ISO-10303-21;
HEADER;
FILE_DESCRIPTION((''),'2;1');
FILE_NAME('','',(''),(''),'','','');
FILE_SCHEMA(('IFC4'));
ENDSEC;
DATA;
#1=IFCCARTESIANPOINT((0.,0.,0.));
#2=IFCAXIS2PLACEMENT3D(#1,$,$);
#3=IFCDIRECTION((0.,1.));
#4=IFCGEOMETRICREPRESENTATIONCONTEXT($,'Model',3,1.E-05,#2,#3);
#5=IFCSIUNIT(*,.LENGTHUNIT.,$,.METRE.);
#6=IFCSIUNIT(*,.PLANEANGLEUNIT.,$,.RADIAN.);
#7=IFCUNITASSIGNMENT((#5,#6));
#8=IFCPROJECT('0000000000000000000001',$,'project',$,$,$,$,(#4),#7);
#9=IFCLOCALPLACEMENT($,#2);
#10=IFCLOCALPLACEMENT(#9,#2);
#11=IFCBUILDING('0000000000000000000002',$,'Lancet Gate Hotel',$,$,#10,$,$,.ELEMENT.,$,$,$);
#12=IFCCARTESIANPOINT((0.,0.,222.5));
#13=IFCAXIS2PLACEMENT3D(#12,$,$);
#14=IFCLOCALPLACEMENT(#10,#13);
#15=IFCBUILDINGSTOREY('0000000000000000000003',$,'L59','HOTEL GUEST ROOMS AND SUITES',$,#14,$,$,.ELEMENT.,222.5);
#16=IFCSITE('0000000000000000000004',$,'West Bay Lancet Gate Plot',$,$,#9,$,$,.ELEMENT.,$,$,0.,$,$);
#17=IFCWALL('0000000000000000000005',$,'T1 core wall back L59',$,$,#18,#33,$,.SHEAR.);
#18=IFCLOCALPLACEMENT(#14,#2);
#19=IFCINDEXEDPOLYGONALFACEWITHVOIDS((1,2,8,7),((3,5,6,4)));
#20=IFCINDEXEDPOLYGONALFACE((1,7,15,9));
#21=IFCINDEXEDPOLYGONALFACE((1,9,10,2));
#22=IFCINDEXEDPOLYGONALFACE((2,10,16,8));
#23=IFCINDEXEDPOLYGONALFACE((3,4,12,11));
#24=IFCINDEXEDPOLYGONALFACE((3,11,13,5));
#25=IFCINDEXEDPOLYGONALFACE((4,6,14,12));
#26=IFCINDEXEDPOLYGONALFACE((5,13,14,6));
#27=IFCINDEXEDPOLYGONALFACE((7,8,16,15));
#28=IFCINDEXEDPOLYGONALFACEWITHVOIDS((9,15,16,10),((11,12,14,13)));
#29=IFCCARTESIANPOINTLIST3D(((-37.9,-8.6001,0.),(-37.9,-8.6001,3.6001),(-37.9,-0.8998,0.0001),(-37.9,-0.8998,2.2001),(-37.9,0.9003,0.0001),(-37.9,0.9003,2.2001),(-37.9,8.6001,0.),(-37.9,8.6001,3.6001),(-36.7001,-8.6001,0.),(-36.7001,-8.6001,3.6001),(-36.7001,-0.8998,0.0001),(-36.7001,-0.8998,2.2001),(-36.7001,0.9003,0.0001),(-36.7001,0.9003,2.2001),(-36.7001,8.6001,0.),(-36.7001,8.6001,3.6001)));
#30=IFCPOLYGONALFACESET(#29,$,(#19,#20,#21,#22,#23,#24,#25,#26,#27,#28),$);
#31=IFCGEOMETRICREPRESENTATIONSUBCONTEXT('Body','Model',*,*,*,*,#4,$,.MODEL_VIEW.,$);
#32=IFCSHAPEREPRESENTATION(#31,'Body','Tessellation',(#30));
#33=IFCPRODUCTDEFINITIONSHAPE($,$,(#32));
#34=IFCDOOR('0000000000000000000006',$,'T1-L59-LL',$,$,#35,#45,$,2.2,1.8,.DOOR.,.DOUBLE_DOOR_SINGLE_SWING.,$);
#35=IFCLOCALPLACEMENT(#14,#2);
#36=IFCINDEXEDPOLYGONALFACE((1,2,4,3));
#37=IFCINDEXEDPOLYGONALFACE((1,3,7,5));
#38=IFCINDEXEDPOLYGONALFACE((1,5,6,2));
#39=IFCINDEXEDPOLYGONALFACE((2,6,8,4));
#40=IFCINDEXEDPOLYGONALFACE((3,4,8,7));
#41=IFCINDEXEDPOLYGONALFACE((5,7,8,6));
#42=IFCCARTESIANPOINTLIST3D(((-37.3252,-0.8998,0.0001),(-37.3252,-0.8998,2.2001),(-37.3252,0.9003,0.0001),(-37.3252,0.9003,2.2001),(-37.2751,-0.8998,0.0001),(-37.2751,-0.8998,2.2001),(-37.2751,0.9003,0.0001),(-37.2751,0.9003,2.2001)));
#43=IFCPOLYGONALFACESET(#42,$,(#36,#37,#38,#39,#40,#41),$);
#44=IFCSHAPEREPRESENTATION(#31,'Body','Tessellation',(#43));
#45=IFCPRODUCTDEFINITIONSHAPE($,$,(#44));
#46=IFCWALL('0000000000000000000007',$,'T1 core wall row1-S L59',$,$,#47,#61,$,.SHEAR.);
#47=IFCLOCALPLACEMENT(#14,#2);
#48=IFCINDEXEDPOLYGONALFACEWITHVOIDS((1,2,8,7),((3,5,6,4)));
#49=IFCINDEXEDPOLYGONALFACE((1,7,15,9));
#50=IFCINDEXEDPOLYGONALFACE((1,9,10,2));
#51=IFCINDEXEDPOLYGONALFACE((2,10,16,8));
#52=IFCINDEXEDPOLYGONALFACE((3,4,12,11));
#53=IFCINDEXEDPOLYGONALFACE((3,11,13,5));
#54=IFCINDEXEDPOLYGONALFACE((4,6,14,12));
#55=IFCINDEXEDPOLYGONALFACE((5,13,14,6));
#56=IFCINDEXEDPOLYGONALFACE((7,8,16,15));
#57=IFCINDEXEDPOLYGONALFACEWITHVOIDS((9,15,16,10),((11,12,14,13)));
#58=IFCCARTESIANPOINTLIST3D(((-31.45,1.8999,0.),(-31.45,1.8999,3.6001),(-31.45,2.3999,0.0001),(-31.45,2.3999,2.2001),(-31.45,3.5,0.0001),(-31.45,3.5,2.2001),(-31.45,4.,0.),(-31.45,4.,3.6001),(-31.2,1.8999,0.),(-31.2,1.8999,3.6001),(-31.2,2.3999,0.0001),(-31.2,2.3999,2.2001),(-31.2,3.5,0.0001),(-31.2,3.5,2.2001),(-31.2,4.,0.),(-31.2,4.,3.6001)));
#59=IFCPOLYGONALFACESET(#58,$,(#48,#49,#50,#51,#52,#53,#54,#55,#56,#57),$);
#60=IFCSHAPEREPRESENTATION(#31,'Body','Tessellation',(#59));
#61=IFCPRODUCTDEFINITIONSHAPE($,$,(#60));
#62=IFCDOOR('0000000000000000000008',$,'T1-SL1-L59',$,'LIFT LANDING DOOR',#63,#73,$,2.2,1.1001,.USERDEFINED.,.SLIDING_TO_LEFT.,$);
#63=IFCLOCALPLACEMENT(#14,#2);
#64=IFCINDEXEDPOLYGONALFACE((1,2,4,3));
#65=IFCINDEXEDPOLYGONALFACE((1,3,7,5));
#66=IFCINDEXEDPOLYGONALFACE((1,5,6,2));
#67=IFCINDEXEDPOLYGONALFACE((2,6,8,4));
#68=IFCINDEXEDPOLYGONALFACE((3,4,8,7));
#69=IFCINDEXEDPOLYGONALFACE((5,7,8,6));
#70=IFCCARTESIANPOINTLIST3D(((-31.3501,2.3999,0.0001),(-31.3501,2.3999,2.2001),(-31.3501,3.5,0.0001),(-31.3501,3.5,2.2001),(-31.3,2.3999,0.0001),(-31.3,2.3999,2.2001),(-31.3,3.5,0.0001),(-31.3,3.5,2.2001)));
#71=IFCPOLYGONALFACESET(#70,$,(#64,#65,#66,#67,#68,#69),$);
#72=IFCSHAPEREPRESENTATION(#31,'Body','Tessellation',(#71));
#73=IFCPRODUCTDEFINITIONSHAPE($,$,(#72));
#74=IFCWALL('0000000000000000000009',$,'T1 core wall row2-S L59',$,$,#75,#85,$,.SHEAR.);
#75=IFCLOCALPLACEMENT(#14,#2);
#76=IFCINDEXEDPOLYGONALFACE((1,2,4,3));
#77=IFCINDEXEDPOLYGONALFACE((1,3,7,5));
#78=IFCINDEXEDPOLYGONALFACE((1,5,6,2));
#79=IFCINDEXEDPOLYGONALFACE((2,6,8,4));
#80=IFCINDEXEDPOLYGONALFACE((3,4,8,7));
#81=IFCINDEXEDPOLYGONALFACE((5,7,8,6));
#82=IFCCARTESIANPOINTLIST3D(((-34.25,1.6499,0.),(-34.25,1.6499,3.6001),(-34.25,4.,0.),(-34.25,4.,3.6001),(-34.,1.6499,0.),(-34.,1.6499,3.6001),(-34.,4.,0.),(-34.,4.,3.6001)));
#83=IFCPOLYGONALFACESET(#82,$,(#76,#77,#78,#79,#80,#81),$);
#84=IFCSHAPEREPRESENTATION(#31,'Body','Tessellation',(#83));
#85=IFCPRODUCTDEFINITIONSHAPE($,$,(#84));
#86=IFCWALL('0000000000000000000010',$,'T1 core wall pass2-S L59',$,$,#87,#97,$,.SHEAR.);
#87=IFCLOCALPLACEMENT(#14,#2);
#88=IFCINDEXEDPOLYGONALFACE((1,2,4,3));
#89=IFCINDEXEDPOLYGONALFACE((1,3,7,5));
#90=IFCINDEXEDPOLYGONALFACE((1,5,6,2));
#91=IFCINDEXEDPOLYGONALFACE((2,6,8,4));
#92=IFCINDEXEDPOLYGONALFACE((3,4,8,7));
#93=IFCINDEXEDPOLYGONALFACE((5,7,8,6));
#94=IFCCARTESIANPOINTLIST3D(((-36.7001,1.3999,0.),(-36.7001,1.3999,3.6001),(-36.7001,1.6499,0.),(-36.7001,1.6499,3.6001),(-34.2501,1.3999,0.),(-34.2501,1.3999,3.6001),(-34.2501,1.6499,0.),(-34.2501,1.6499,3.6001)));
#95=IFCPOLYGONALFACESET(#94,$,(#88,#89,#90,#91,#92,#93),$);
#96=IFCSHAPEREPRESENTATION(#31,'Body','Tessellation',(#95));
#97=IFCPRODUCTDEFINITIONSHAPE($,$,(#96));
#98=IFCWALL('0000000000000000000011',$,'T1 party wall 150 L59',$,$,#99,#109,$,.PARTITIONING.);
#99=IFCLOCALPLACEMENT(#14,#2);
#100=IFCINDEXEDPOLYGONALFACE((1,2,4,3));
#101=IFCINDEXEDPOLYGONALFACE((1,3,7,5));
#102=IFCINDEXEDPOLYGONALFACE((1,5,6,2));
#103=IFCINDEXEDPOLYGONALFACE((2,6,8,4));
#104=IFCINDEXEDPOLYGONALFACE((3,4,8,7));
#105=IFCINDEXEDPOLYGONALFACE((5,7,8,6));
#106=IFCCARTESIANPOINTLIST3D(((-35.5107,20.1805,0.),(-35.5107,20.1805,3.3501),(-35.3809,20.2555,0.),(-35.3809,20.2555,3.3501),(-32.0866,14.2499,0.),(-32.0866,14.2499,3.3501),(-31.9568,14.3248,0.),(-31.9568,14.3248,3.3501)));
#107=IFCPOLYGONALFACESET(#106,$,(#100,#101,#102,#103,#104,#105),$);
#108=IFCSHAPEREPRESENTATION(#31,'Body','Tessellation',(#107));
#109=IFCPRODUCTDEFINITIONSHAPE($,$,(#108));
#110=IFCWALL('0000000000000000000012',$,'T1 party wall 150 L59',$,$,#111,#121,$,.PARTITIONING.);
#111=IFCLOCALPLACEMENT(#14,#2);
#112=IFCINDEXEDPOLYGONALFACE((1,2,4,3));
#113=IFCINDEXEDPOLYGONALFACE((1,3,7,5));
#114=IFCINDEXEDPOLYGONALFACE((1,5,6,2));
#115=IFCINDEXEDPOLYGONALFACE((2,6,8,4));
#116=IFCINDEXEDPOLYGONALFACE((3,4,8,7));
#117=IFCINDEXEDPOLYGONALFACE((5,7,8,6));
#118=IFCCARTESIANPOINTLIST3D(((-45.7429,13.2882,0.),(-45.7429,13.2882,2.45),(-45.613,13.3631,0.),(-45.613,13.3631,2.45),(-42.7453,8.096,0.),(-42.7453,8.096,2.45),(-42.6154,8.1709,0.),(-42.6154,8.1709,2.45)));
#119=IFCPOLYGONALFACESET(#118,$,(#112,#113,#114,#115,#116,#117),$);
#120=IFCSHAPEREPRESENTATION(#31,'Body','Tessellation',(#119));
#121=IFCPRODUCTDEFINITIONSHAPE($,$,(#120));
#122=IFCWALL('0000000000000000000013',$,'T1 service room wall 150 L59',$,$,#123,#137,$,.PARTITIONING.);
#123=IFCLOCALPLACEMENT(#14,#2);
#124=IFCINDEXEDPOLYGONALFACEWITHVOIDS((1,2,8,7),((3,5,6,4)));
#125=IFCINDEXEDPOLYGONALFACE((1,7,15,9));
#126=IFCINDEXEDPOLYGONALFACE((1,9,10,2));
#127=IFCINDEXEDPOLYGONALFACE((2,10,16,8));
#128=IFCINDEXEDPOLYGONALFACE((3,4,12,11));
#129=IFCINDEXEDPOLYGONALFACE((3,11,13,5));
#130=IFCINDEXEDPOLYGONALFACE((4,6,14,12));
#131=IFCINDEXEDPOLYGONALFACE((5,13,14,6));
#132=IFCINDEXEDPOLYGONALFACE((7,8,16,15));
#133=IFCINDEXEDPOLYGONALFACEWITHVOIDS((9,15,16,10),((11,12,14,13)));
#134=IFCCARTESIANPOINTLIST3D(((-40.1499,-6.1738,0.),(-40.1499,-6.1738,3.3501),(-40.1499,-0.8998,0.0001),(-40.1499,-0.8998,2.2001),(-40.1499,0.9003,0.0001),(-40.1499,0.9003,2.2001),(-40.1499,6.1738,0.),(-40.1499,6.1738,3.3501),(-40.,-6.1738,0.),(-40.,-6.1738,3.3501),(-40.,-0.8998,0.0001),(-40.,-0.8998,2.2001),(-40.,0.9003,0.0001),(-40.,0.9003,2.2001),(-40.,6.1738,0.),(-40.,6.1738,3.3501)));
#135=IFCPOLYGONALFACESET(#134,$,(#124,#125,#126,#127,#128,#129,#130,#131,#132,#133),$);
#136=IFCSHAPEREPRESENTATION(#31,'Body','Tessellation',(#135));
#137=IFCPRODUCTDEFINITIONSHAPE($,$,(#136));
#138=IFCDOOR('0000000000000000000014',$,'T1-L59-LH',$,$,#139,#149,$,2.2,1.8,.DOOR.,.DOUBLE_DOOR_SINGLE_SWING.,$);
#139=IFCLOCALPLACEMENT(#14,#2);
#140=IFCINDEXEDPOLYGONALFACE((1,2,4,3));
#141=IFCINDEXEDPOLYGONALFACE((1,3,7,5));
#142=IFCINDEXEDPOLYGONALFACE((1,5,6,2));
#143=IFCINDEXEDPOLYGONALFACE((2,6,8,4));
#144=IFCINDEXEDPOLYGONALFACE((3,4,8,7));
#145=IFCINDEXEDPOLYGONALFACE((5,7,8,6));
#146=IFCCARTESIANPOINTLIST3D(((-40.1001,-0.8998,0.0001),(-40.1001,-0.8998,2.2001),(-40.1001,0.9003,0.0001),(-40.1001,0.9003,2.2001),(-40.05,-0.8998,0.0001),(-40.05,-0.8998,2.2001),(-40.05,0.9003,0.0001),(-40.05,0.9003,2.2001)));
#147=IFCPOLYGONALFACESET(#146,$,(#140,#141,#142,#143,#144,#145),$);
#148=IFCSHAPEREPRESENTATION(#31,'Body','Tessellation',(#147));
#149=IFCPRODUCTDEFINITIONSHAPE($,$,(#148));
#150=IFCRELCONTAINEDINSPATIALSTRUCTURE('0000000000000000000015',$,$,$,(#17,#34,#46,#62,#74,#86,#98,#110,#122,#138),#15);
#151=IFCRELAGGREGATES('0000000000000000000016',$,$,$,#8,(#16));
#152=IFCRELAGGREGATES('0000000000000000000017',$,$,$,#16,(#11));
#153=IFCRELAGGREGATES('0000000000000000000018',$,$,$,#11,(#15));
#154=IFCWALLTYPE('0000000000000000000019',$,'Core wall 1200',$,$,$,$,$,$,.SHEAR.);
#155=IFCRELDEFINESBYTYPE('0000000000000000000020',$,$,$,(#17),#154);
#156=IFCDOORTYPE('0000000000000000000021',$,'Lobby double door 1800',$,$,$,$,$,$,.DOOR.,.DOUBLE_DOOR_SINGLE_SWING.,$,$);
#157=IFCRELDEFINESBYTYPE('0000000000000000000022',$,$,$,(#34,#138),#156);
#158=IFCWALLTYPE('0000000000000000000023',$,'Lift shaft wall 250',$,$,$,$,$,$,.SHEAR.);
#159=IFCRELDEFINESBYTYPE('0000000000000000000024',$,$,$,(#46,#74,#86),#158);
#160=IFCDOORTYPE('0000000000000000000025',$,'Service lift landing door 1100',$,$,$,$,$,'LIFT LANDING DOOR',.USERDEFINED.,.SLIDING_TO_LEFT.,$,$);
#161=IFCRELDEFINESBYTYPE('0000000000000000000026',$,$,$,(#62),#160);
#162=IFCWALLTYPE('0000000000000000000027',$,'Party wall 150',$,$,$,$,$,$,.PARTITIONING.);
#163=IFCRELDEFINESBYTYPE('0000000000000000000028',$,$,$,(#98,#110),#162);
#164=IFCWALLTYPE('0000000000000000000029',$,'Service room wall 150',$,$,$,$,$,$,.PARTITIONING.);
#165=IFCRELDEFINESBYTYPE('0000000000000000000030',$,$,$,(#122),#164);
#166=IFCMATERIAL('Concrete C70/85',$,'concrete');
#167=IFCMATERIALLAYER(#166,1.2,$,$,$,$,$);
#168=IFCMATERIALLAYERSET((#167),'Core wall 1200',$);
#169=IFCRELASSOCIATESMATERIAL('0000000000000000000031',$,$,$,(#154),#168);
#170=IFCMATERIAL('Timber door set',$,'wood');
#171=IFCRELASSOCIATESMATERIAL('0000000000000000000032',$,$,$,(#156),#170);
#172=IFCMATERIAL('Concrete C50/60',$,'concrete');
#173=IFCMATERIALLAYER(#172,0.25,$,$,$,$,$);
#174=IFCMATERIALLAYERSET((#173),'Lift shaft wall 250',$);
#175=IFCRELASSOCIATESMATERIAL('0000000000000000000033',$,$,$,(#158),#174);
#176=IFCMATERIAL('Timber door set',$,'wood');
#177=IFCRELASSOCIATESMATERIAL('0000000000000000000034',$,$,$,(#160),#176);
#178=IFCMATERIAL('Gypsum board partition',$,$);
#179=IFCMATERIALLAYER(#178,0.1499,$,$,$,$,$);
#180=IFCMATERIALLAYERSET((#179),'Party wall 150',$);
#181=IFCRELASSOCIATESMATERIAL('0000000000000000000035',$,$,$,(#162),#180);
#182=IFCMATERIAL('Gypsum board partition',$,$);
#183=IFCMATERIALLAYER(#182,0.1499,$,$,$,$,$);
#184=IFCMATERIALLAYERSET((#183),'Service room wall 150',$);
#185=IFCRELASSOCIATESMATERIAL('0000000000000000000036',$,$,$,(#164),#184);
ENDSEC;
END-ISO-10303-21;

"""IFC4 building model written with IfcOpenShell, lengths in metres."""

from ifc_helpers import new_model, si_unit, direction, frame, frame_2d, origin, place, context, subcontext, project, spatial, rectangle, extrude, material, layer, layer_set, type_object, element, fill, save


model = new_model("IFC4")

# Units and contexts
model_context = context("Model", 3, precision=1e-05, world=origin(), true_north=direction((0.0, 1.0)))
body_context = subcontext(model_context, "Body", "Model", "MODEL_VIEW")
ifc_project = project(units=[si_unit("LENGTHUNIT", "METRE"), si_unit("PLANEANGLEUNIT", "RADIAN")], contexts=[model_context])

# Site, building, storey
site_placement = place(None, origin())
site = spatial("IfcSite", under=ifc_project, at=site_placement, Name="West Bay Lancet Gate Plot", CompositionType="ELEMENT", RefElevation=0.0)
building_placement = place(site_placement, origin())
building = spatial("IfcBuilding", under=site, at=building_placement, Name="Lancet Gate Hotel", CompositionType="ELEMENT")
storey_placement = place(building_placement, frame((0.0, 0.0, 222.5)))
storey = spatial("IfcBuildingStorey", under=building, at=storey_placement, Name="L59", Description="HOTEL GUEST ROOMS AND SUITES", CompositionType="ELEMENT", Elevation=222.5)

# Walls, openings, doors
ifc_material_1 = material(Name="Concrete C70/85", Category="concrete")
ifc_layer_1 = layer(ifc_material_1, 1.2)
ifc_layer_set_1 = layer_set([ifc_layer_1], Name="Core wall 1200")
wall_type_1 = type_object("IfcWallType", Name="Core wall 1200", PredefinedType="SHEAR", material=ifc_layer_set_1)
wall_1_placement = place(storey_placement, frame((-37.3, 8.6001, 0.0), z_axis=(0.0, 0.0, 1.0), x_axis=(0.0, -1.0, 0.0)))
wall_1 = element("IfcWall", 1, at=wall_1_placement, inside=storey, type_object=wall_type_1, Name="T1 core wall back L59", PredefinedType="SHEAR", context=body_context, shape_type="SweptSolid", body=[
    extrude(rectangle(XDim=17.2002, YDim=1.2, at=frame_2d((8.6001, 0.0))), origin(), (0.0, 0.0, 1.0), 3.6001),
])
opening_1_placement = place(wall_1_placement, frame((7.7, 0.0, 0.0)))
opening_1 = element("IfcOpeningElement", 2, at=opening_1_placement, cuts=wall_1, PredefinedType="OPENING", context=body_context, shape_type="SweptSolid", body=[
    extrude(rectangle(XDim=1.8, YDim=2.2, at=frame_2d((0.8999, 1.1001))), frame((0.0, 0.6099, 0.0), z_axis=(0.0, -1.0, 0.0), x_axis=(1.0, 0.0, 0.0)), (0.0, 0.0, 1.0), 1.22),
])
ifc_material_2 = material(Name="Timber door set", Category="wood")
door_type_1 = type_object("IfcDoorType", Name="Lobby double door 1800", OperationType="DOUBLE_DOOR_SINGLE_SWING", PredefinedType="DOOR", material=ifc_material_2)
door_1_placement = place(opening_1_placement, origin())
door_1 = element("IfcDoor", 3, at=door_1_placement, inside=storey, type_object=door_type_1, Name="T1-L59-LL", OperationType="DOUBLE_DOOR_SINGLE_SWING", OverallHeight=2.2, OverallWidth=1.8, PredefinedType="DOOR", context=body_context, shape_type="SweptSolid", body=[
    extrude(rectangle(XDim=1.8, YDim=2.2, at=frame_2d((0.8999, 1.1001))), frame((0.0, 0.0249, 0.0), z_axis=(0.0, -1.0, 0.0), x_axis=(1.0, 0.0, 0.0)), (0.0, 0.0, 1.0), 0.05),
])
fill(opening_1, door_1)
ifc_material_3 = material(Name="Concrete C50/60", Category="concrete")
ifc_layer_2 = layer(ifc_material_3, 0.25)
ifc_layer_set_2 = layer_set([ifc_layer_2], Name="Lift shaft wall 250")
wall_type_2 = type_object("IfcWallType", Name="Lift shaft wall 250", PredefinedType="SHEAR", material=ifc_layer_set_2)
wall_2_placement = place(storey_placement, frame((-31.325, 4.0, 0.0), z_axis=(0.0, 0.0, 1.0), x_axis=(0.0, -1.0, 0.0)))
wall_2 = element("IfcWall", 4, at=wall_2_placement, inside=storey, type_object=wall_type_2, Name="T1 core wall row1-S L59", PredefinedType="SHEAR", context=body_context, shape_type="SweptSolid", body=[
    extrude(rectangle(XDim=2.1001, YDim=0.25, at=frame_2d((1.05, 0.0))), origin(), (0.0, 0.0, 1.0), 3.6001),
])
opening_2_placement = place(wall_2_placement, frame((0.5, 0.0, 0.0)))
opening_2 = element("IfcOpeningElement", 5, at=opening_2_placement, cuts=wall_2, PredefinedType="OPENING", context=body_context, shape_type="SweptSolid", body=[
    extrude(rectangle(XDim=1.1001, YDim=2.2, at=frame_2d((0.55, 1.1001))), frame((0.0, 0.135, 0.0), z_axis=(0.0, -1.0, 0.0), x_axis=(1.0, 0.0, 0.0)), (0.0, 0.0, 1.0), 0.27),
])
ifc_material_4 = material(Name="Timber door set", Category="wood")
door_type_2 = type_object("IfcDoorType", Name="Service lift landing door 1100", ElementType="LIFT LANDING DOOR", OperationType="SLIDING_TO_LEFT", PredefinedType="USERDEFINED", material=ifc_material_4)
door_2_placement = place(opening_2_placement, origin())
door_2 = element("IfcDoor", 6, at=door_2_placement, inside=storey, type_object=door_type_2, Name="T1-SL1-L59", ObjectType="LIFT LANDING DOOR", OperationType="SLIDING_TO_LEFT", OverallHeight=2.2, OverallWidth=1.1001, PredefinedType="USERDEFINED", context=body_context, shape_type="SweptSolid", body=[
    extrude(rectangle(XDim=1.1001, YDim=2.2, at=frame_2d((0.55, 1.1001))), frame((0.0, 0.0249, 0.0), z_axis=(0.0, -1.0, 0.0), x_axis=(1.0, 0.0, 0.0)), (0.0, 0.0, 1.0), 0.05),
])
fill(opening_2, door_2)

# Walls
wall_3_placement = place(storey_placement, frame((-34.125, 4.0, 0.0), z_axis=(0.0, 0.0, 1.0), x_axis=(0.0, -1.0, 0.0)))
element("IfcWall", 7, at=wall_3_placement, inside=storey, type_object=wall_type_2, Name="T1 core wall row2-S L59", PredefinedType="SHEAR", context=body_context, shape_type="SweptSolid", body=[
    extrude(rectangle(XDim=2.3501, YDim=0.25, at=frame_2d((1.175, 0.0))), origin(), (0.0, 0.0, 1.0), 3.6001),
])
wall_4_placement = place(storey_placement, frame((-34.25, 1.5249, 0.0), z_axis=(0.0, 0.0, 1.0), x_axis=(-1.0, 0.0, 0.0)))
element("IfcWall", 8, at=wall_4_placement, inside=storey, type_object=wall_type_2, Name="T1 core wall pass2-S L59", PredefinedType="SHEAR", context=body_context, shape_type="SweptSolid", body=[
    extrude(rectangle(XDim=2.45, YDim=0.25, at=frame_2d((1.2251, 0.0))), origin(), (0.0, 0.0, 1.0), 3.6001),
])
ifc_material_5 = material(Name="Gypsum board partition")
ifc_layer_3 = layer(ifc_material_5, 0.1499)
ifc_layer_set_3 = layer_set([ifc_layer_3], Name="Party wall 150")
wall_type_3 = type_object("IfcWallType", Name="Party wall 150", PredefinedType="PARTITIONING", material=ifc_layer_set_3)
wall_5_placement = place(storey_placement, frame((-32.0217, 14.2874, 0.0), z_axis=(0.0, 0.0, 1.0), x_axis=(-0.5, 0.866025, 0.0)))
element("IfcWall", 9, at=wall_5_placement, inside=storey, type_object=wall_type_3, Name="T1 party wall 150 L59", PredefinedType="PARTITIONING", context=body_context, shape_type="SweptSolid", body=[
    extrude(rectangle(XDim=6.8481, YDim=0.1499, at=frame_2d((3.4241, 0.0))), origin(), (0.0, 0.0, 1.0), 3.3501),
])
wall_6_placement = place(storey_placement, frame((-42.6804, 8.1335, 0.0), z_axis=(0.0, 0.0, 1.0), x_axis=(-0.499984, 0.866034, 0.0)))
element("IfcWall", 10, at=wall_6_placement, inside=storey, type_object=wall_type_3, Name="T1 party wall 150 L59", PredefinedType="PARTITIONING", context=body_context, shape_type="SweptSolid", body=[
    extrude(rectangle(XDim=5.9954, YDim=0.1499, at=frame_2d((2.9976, 0.0))), origin(), (0.0, 0.0, 1.0), 2.45),
])

# Wall, opening, door
ifc_material_6 = material(Name="Gypsum board partition")
ifc_layer_4 = layer(ifc_material_6, 0.1499)
ifc_layer_set_4 = layer_set([ifc_layer_4], Name="Service room wall 150")
wall_type_4 = type_object("IfcWallType", Name="Service room wall 150", PredefinedType="PARTITIONING", material=ifc_layer_set_4)
wall_7_placement = place(storey_placement, frame((-40.075, 6.1738, 0.0), z_axis=(0.0, 0.0, 1.0), x_axis=(0.0, -1.0, 0.0)))
wall_7 = element("IfcWall", 11, at=wall_7_placement, inside=storey, type_object=wall_type_4, Name="T1 service room wall 150 L59", PredefinedType="PARTITIONING", context=body_context, shape_type="SweptSolid", body=[
    extrude(rectangle(XDim=12.3477, YDim=0.1499, at=frame_2d((6.1738, 0.0))), origin(), (0.0, 0.0, 1.0), 3.3501),
])
opening_3_placement = place(wall_7_placement, frame((5.2737, 0.0, 0.0)))
opening_3 = element("IfcOpeningElement", 12, at=opening_3_placement, cuts=wall_7, PredefinedType="OPENING", context=body_context, shape_type="SweptSolid", body=[
    extrude(rectangle(XDim=1.8, YDim=2.2, at=frame_2d((0.8999, 1.1001))), frame((0.0, 0.085, 0.0), z_axis=(0.0, -1.0, 0.0), x_axis=(1.0, 0.0, 0.0)), (0.0, 0.0, 1.0), 0.1699),
])
door_3_placement = place(opening_3_placement, origin())
door_3 = element("IfcDoor", 13, at=door_3_placement, inside=storey, type_object=door_type_1, Name="T1-L59-LH", OperationType="DOUBLE_DOOR_SINGLE_SWING", OverallHeight=2.2, OverallWidth=1.8, PredefinedType="DOOR", context=body_context, shape_type="SweptSolid", body=[
    extrude(rectangle(XDim=1.8, YDim=2.2, at=frame_2d((0.8999, 1.1001))), frame((0.0, 0.0249, 0.0), z_axis=(0.0, -1.0, 0.0), x_axis=(1.0, 0.0, 0.0)), (0.0, 0.0, 1.0), 0.05),
])
fill(opening_3, door_3)

save(model, "model.ifc")
